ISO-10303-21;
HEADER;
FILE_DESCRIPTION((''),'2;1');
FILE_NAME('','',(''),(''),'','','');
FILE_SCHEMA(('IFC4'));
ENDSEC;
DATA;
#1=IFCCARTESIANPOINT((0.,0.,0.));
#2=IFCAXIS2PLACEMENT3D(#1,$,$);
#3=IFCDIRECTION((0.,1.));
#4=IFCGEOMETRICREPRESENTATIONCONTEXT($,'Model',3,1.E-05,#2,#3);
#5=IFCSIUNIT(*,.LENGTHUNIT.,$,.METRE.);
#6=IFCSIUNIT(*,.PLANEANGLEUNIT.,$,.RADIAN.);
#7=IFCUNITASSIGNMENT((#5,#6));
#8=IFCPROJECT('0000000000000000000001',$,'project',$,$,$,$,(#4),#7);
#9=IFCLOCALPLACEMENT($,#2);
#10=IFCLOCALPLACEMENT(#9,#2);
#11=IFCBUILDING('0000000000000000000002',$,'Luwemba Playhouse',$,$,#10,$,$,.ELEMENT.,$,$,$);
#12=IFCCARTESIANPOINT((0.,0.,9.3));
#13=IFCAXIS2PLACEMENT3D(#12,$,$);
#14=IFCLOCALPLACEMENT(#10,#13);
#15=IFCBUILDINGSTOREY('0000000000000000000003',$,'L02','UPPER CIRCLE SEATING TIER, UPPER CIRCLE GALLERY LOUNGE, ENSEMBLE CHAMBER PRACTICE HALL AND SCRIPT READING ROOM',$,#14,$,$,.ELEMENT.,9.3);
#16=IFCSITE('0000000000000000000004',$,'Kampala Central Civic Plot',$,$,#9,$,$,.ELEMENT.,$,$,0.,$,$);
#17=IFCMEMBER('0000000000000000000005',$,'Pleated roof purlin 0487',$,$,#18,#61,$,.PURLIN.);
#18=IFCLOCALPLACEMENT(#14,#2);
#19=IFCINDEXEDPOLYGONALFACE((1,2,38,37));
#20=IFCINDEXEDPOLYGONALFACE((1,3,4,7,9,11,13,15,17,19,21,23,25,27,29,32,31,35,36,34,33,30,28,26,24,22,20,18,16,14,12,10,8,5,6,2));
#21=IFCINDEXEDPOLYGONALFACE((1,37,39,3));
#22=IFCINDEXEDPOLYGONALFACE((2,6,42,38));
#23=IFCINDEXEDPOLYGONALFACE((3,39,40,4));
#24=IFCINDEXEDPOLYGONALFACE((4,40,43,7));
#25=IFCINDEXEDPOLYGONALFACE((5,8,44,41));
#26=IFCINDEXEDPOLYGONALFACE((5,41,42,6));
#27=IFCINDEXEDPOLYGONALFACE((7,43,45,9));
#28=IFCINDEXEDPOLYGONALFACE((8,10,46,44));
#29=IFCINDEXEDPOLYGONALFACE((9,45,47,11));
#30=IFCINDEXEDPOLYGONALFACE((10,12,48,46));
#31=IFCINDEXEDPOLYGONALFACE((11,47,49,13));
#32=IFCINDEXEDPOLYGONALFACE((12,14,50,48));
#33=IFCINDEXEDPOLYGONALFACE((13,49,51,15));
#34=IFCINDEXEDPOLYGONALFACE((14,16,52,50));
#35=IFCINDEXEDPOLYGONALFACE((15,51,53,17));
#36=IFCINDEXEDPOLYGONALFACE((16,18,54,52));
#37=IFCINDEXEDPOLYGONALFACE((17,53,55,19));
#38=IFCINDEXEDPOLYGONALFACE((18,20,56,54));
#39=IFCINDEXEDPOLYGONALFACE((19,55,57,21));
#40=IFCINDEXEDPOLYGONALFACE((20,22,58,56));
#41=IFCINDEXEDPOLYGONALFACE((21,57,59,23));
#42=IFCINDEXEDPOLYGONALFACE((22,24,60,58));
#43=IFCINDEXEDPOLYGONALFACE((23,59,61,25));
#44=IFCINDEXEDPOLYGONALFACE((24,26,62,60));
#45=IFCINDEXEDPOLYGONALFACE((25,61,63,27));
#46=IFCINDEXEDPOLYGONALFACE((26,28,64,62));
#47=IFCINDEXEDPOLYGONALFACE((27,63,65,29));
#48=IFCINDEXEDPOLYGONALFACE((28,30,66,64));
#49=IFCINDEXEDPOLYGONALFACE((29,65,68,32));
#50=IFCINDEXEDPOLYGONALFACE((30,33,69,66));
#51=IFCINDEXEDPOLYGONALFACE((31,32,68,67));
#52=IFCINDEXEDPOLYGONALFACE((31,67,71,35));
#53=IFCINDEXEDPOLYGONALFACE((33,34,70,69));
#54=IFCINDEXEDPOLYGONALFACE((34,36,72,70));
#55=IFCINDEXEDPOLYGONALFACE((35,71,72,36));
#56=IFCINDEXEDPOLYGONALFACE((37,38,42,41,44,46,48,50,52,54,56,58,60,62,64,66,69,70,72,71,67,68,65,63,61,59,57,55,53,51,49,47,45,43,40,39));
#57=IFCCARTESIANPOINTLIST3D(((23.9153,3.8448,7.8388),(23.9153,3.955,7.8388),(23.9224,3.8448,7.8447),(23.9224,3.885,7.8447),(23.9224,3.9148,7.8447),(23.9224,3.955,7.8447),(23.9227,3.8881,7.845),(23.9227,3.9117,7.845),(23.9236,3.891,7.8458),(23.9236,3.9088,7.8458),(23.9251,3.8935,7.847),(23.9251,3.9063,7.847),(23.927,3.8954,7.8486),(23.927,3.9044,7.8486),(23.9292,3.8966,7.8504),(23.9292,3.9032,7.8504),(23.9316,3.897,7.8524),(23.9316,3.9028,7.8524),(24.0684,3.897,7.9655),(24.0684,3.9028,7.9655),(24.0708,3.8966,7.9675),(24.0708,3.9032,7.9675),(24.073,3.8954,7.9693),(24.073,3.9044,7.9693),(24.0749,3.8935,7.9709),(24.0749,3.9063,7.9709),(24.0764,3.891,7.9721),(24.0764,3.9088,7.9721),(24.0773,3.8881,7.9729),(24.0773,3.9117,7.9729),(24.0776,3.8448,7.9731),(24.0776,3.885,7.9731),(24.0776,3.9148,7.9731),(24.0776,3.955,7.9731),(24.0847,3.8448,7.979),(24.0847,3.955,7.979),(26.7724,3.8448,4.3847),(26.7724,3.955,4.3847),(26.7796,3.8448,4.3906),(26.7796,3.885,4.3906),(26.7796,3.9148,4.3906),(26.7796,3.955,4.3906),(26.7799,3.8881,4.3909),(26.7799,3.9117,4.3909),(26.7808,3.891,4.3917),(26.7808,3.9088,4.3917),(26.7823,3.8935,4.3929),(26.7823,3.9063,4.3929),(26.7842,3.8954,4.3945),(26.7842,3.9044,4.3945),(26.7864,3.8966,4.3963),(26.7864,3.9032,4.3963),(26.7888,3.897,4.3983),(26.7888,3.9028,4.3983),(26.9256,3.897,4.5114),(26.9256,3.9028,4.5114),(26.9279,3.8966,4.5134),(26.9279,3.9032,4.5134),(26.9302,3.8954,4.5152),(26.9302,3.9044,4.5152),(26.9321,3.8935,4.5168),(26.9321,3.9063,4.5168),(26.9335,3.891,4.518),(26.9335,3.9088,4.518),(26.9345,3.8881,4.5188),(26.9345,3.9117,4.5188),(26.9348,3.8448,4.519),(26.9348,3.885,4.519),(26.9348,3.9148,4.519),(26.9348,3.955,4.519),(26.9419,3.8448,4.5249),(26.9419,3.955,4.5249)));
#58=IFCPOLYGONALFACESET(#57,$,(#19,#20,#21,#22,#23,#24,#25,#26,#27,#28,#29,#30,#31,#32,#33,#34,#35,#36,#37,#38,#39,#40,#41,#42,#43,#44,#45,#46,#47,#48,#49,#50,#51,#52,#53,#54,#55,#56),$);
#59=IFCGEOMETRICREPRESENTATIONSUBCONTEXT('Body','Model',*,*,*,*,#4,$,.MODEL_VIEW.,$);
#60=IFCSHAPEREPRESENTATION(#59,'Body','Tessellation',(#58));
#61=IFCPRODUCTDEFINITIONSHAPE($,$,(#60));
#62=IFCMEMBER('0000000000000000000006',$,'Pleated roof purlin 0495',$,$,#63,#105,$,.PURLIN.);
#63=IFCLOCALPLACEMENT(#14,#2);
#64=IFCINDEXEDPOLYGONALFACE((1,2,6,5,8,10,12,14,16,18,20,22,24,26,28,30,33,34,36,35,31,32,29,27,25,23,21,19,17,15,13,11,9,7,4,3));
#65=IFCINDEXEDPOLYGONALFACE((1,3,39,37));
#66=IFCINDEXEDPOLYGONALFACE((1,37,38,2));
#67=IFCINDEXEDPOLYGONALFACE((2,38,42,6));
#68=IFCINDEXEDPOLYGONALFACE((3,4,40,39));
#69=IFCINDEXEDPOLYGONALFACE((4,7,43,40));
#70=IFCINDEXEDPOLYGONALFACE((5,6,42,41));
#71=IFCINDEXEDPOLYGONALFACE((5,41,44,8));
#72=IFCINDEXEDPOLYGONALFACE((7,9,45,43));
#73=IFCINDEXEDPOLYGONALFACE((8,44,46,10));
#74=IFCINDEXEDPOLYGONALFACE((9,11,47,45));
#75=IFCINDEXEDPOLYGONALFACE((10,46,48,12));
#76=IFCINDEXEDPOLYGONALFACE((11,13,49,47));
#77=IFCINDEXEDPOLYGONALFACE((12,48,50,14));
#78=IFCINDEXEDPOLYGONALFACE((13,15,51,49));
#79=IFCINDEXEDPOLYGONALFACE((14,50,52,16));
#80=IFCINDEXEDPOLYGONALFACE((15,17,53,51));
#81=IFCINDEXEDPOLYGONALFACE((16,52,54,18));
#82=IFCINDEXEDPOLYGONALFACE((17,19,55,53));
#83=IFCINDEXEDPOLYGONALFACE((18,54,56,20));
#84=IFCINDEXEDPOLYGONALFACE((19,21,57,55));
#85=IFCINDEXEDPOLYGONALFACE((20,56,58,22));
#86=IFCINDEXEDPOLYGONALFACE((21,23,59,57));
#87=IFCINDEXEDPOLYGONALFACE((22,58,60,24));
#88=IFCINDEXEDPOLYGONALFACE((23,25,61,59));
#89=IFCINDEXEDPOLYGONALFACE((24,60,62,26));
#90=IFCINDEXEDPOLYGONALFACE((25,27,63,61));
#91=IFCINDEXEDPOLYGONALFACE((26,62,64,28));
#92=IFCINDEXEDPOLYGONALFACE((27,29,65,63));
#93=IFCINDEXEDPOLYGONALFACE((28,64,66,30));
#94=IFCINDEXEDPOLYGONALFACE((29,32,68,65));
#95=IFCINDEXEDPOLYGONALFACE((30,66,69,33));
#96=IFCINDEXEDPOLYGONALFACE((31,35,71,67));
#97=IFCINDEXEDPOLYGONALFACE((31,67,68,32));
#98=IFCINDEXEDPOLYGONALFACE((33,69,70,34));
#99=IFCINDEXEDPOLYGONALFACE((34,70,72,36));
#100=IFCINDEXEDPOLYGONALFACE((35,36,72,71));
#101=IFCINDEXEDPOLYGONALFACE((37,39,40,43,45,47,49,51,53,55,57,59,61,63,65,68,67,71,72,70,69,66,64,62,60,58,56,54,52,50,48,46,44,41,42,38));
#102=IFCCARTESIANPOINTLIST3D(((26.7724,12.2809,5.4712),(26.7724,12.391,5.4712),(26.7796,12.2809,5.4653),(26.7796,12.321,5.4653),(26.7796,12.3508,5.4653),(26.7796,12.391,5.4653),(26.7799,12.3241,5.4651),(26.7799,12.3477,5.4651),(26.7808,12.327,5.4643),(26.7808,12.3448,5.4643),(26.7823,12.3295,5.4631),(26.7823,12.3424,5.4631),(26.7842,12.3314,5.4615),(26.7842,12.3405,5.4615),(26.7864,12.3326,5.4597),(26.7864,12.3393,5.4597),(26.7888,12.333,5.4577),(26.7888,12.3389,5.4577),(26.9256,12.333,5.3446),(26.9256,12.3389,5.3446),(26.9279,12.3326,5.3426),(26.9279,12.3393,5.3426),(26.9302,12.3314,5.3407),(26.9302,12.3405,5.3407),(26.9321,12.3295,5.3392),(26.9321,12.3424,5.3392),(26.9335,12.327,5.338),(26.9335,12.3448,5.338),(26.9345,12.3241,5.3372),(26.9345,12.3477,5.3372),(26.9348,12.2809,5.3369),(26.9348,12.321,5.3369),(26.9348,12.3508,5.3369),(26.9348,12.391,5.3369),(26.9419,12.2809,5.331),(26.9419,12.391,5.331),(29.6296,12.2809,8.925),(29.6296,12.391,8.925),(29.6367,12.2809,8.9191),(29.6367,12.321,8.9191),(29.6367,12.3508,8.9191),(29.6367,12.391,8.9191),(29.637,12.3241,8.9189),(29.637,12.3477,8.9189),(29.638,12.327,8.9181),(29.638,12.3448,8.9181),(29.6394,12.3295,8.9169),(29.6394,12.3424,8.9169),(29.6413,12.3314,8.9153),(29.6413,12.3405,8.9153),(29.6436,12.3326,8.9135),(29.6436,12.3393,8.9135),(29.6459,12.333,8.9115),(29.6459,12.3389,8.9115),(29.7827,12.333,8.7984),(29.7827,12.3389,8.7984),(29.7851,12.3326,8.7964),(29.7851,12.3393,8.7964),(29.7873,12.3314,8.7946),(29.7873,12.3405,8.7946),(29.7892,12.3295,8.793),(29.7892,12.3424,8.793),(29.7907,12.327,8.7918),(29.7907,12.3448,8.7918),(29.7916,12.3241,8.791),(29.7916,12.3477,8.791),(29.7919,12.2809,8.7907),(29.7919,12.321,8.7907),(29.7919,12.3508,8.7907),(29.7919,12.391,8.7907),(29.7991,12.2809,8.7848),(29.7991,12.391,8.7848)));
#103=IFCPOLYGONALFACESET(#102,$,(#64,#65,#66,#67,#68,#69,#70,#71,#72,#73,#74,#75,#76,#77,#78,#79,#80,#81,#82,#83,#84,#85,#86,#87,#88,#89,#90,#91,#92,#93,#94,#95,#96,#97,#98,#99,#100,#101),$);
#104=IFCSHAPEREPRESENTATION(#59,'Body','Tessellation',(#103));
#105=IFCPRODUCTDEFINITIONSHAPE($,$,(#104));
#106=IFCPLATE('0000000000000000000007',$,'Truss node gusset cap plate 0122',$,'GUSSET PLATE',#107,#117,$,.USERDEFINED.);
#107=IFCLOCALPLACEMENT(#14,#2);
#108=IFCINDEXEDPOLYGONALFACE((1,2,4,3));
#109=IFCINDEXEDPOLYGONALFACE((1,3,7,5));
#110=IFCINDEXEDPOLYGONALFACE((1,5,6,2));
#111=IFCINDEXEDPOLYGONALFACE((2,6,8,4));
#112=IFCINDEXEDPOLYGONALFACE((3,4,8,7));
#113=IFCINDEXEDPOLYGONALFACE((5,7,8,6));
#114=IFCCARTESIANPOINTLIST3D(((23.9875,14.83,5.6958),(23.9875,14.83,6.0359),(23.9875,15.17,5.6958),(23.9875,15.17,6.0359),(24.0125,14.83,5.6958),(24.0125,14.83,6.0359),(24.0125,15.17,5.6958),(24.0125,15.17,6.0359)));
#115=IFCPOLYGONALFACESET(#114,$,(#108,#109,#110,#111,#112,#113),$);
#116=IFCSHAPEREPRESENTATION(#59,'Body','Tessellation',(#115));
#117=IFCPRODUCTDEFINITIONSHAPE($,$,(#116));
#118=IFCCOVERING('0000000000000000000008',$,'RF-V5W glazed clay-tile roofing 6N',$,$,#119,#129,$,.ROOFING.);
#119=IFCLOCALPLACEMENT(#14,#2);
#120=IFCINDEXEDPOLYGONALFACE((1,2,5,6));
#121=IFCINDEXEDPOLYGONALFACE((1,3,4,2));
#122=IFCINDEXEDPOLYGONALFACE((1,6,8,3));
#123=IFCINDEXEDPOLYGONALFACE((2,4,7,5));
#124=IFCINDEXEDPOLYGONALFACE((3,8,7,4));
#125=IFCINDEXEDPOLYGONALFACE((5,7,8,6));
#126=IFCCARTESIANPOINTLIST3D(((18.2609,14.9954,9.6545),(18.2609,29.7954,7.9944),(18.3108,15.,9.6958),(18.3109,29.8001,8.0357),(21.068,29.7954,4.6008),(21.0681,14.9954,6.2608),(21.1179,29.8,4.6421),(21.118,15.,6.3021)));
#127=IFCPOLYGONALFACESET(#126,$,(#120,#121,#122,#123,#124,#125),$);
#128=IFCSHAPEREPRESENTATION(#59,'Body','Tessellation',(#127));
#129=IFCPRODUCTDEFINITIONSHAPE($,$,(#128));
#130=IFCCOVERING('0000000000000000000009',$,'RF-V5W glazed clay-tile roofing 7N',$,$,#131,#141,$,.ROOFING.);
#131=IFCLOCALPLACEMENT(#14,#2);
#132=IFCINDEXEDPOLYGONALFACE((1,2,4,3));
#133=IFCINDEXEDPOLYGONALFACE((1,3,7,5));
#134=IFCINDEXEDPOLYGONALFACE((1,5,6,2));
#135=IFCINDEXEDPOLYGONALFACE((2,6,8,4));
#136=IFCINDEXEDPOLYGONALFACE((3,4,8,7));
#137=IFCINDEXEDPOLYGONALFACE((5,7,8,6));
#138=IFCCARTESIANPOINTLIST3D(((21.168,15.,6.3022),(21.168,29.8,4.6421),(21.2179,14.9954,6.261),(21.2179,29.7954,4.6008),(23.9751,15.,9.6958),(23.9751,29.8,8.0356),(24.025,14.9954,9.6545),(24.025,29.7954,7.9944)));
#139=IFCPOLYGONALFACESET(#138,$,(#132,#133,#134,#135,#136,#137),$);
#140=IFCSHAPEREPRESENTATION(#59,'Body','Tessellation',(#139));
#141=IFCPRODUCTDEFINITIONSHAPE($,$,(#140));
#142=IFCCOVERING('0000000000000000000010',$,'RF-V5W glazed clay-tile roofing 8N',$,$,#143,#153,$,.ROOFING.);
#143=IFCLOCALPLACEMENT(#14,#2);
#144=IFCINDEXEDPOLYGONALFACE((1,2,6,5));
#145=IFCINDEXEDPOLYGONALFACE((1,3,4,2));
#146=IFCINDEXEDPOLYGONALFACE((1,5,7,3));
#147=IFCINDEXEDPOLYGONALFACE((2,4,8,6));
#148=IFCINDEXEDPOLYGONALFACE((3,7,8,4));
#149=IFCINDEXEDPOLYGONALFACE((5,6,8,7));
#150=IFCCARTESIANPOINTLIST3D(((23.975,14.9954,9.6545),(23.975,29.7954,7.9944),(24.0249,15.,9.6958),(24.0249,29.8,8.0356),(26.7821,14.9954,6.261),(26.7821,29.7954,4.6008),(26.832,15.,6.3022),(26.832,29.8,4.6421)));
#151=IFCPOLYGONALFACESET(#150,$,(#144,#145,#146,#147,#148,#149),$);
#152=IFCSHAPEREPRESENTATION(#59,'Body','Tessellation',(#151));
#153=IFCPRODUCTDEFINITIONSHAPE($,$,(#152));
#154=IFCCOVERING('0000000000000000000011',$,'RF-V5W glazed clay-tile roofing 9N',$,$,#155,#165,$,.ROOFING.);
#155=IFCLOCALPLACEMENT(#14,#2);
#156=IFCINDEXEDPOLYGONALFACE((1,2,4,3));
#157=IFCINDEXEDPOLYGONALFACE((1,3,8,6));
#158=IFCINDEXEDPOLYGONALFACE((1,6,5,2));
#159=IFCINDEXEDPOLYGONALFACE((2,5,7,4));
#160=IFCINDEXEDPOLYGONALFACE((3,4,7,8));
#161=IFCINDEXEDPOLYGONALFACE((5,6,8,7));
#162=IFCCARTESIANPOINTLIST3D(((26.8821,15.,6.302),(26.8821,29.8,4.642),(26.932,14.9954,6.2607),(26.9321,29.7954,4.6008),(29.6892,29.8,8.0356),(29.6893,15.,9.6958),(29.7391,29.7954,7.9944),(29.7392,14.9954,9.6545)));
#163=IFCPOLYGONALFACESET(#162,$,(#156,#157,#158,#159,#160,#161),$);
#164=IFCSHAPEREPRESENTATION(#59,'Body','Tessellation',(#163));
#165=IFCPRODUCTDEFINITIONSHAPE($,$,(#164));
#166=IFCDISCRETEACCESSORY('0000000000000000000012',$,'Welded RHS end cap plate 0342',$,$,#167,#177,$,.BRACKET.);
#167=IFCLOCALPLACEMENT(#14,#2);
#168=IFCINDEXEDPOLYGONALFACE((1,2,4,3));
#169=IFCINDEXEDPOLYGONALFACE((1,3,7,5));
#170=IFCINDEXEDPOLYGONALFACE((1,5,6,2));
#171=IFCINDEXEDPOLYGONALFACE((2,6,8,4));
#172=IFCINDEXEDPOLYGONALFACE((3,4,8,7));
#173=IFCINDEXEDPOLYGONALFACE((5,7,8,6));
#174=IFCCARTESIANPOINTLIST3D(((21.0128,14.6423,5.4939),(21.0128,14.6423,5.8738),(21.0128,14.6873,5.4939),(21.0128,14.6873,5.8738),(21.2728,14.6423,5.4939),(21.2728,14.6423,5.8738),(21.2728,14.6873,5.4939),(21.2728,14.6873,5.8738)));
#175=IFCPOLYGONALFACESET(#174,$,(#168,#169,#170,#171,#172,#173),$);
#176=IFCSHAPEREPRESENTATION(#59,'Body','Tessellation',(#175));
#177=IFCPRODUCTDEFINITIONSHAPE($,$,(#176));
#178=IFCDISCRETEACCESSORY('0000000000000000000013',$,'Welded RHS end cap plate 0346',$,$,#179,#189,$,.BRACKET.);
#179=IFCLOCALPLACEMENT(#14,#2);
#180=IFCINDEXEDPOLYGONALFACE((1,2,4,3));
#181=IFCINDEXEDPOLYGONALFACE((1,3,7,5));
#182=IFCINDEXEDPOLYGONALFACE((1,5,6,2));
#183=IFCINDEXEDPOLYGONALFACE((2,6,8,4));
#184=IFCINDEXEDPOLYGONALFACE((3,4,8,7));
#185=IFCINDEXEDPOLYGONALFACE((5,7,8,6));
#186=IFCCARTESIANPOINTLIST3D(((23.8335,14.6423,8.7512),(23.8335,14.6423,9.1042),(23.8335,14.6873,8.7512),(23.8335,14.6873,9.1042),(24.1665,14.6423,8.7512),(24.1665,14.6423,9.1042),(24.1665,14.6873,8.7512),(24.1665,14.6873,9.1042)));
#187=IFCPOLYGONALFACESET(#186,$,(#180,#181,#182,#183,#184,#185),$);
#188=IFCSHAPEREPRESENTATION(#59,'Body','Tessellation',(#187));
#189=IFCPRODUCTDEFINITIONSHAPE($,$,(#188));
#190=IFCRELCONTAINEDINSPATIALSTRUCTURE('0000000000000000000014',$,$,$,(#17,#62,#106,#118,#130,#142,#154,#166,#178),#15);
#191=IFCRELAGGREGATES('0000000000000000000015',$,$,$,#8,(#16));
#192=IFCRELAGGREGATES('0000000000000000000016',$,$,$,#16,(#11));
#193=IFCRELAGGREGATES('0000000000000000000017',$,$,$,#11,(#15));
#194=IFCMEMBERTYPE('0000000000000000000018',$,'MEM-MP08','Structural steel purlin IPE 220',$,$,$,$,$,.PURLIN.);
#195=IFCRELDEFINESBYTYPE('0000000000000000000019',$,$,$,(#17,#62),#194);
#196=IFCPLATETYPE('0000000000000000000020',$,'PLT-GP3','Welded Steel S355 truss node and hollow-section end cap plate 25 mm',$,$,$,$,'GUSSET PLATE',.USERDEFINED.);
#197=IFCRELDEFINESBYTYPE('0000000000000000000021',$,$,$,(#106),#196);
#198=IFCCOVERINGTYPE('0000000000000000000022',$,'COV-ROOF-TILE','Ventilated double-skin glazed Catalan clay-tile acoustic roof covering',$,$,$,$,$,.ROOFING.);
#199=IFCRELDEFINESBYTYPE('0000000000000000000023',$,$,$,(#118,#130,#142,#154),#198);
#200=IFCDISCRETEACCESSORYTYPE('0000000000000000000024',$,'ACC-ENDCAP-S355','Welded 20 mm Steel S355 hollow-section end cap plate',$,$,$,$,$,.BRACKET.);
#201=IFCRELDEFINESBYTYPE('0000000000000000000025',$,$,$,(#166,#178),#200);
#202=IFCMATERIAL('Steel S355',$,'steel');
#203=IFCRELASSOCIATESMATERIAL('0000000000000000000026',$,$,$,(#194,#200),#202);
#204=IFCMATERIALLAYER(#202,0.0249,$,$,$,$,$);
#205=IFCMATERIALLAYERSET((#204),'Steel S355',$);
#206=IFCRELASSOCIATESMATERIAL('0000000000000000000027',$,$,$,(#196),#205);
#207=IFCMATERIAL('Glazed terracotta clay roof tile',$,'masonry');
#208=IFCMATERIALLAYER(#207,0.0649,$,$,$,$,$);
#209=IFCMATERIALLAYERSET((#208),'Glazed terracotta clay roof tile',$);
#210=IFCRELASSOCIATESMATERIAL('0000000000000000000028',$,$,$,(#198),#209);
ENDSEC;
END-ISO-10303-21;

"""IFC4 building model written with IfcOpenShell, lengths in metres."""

from ifc_helpers import new_model, si_unit, direction, frame, origin, origin_2d, place, context, subcontext, project, spatial, polyline, rectangle, i_section, outline, extrude, material, layer, layer_set, material_profile, profile_set, type_object, element, save


model = new_model("IFC4")

# Units and contexts
model_context = context("Model", 3, precision=1e-05, world=origin(), true_north=direction((0.0, 1.0)))
body_context = subcontext(model_context, "Body", "Model", "MODEL_VIEW")
ifc_project = project(units=[si_unit("LENGTHUNIT", "METRE"), si_unit("PLANEANGLEUNIT", "RADIAN")], contexts=[model_context])

# Site, building, storey
site_placement = place(None, origin())
site = spatial("IfcSite", under=ifc_project, at=site_placement, Name="Kampala Central Civic Plot", CompositionType="ELEMENT", RefElevation=0.0)
building_placement = place(site_placement, origin())
building = spatial("IfcBuilding", under=site, at=building_placement, Name="Luwemba Playhouse", CompositionType="ELEMENT")
storey_placement = place(building_placement, frame((0.0, 0.0, 9.3)))
storey = spatial("IfcBuildingStorey", under=building, at=storey_placement, Name="L02", Description="UPPER CIRCLE SEATING TIER, UPPER CIRCLE GALLERY LOUNGE, ENSEMBLE CHAMBER PRACTICE HALL AND SCRIPT READING ROOM", CompositionType="ELEMENT", Elevation=9.3)

# Shared definitions
ifc_material_1 = material(Name="Steel S355", Category="steel")

# Members
ifc_material_profile_1 = material_profile(ifc_material_1, i_section(OverallWidth=0.1101, OverallDepth=0.22, WebThickness=0.0059, FlangeThickness=0.0093, FilletRadius=0.012, at=origin_2d()))
ifc_profile_set_1 = profile_set([ifc_material_profile_1], Name="Steel S355")
member_type_1 = type_object("IfcMemberType", Name="MEM-MP08", Description="Structural steel purlin IPE 220", PredefinedType="PURLIN", material=ifc_profile_set_1)
member_1_placement = place(storey_placement, frame((24.0, 3.8999, 7.9089), z_axis=(0.637384, 0.0, -0.770547), x_axis=(0.0, 1.0, 0.0)))
element("IfcMember", 1, at=member_1_placement, inside=storey, type_object=member_type_1, Name="Pleated roof purlin 0487", PredefinedType="PURLIN", context=body_context, shape_type="SweptSolid", body=[
    extrude(i_section(OverallWidth=0.1101, OverallDepth=0.22, WebThickness=0.0059, FlangeThickness=0.0093, FilletRadius=0.012, at=origin_2d()), origin(), (0.0, 0.0, 1.0), 4.4827),
])
member_2_placement = place(storey_placement, frame((26.8572, 12.3359, 5.4011), z_axis=(0.637411, 0.0, 0.770524), x_axis=(0.0, 1.0, 0.0)))
element("IfcMember", 2, at=member_2_placement, inside=storey, type_object=member_type_1, Name="Pleated roof purlin 0495", PredefinedType="PURLIN", context=body_context, shape_type="SweptSolid", body=[
    extrude(i_section(OverallWidth=0.1101, OverallDepth=0.22, WebThickness=0.0059, FlangeThickness=0.0093, FilletRadius=0.012, at=origin_2d()), origin(), (0.0, 0.0, 1.0), 4.4824),
])

# Plate
ifc_layer_1 = layer(ifc_material_1, 0.0249)
ifc_layer_set_1 = layer_set([ifc_layer_1], Name="Steel S355")
plate_type = type_object("IfcPlateType", Name="PLT-GP3", Description="Welded Steel S355 truss node and hollow-section end cap plate 25 mm", ElementType="GUSSET PLATE", PredefinedType="USERDEFINED", material=ifc_layer_set_1)
plate_placement = place(storey_placement, frame((24.0, 15.0, 5.6958), z_axis=(0.0, 0.0, 1.0), x_axis=(1.0, 0.0, 0.0)))
element("IfcPlate", 3, at=plate_placement, inside=storey, type_object=plate_type, Name="Truss node gusset cap plate 0122", ObjectType="GUSSET PLATE", PredefinedType="USERDEFINED", context=body_context, shape_type="SweptSolid", body=[
    extrude(rectangle(XDim=0.0249, YDim=0.3401, at=origin_2d()), origin(), (0.0, 0.0, 1.0), 0.3401),
])

# Coverings
ifc_material_2 = material(Name="Glazed terracotta clay roof tile", Category="masonry")
ifc_layer_2 = layer(ifc_material_2, 0.0649)
ifc_layer_set_2 = layer_set([ifc_layer_2], Name="Glazed terracotta clay roof tile")
covering_type = type_object("IfcCoveringType", Name="COV-ROOF-TILE", Description="Ventilated double-skin glazed Catalan clay-tile acoustic roof covering", PredefinedType="ROOFING", material=ifc_layer_set_2)
covering_1_placement = place(storey_placement, frame((18.3108, 15.0, 9.6958), z_axis=(0.768592, 0.071309, 0.635752), x_axis=(0.637375, 0.000001, -0.770554)))
element("IfcCovering", 4, at=covering_1_placement, inside=storey, type_object=covering_type, Name="RF-V5W glazed clay-tile roofing 6N", PredefinedType="ROOFING", context=body_context, shape_type="SweptSolid", body=[
    extrude(outline(polyline([(0.0, 0.0), (4.4043, 0.0), (5.6834, 14.8378), (1.2793, 14.8378), (0.0, 0.0)])), origin(), (0.0, 0.0, -1.0), 0.0649),
])
covering_2_placement = place(storey_placement, frame((21.168, 15.0, 6.3022), z_axis=(-0.768581, 0.071315, 0.635766), x_axis=(0.637388, 0.0, 0.770543)))
element("IfcCovering", 5, at=covering_2_placement, inside=storey, type_object=covering_type, Name="RF-V5W glazed clay-tile roofing 7N", PredefinedType="ROOFING", context=body_context, shape_type="SweptSolid", body=[
    extrude(outline(polyline([(0.0, 0.0), (4.4041, 0.0), (3.1249, 14.8378), (-1.2792, 14.8378), (0.0, 0.0)])), origin(), (0.0, 0.0, -1.0), 0.0649),
])
covering_3_placement = place(storey_placement, frame((24.0249, 15.0, 9.6958), z_axis=(0.768581, 0.071315, 0.635766), x_axis=(0.637388, 0.0, -0.770543)))
element("IfcCovering", 6, at=covering_3_placement, inside=storey, type_object=covering_type, Name="RF-V5W glazed clay-tile roofing 8N", PredefinedType="ROOFING", context=body_context, shape_type="SweptSolid", body=[
    extrude(outline(polyline([(0.0, 0.0), (4.4041, 0.0), (5.6833, 14.8378), (1.2792, 14.8378), (0.0, 0.0)])), origin(), (0.0, 0.0, -1.0), 0.0649),
])
covering_4_placement = place(storey_placement, frame((26.8821, 15.0, 6.302), z_axis=(-0.768592, 0.071309, 0.635752), x_axis=(0.637375, -0.000001, 0.770554)))
element("IfcCovering", 7, at=covering_4_placement, inside=storey, type_object=covering_type, Name="RF-V5W glazed clay-tile roofing 9N", PredefinedType="ROOFING", context=body_context, shape_type="SweptSolid", body=[
    extrude(outline(polyline([(0.0, 0.0), (4.4043, 0.0), (3.125, 14.8378), (-1.2791, 14.8378), (0.0, 0.0)])), origin(), (0.0, 0.0, -1.0), 0.0649),
])

# Discrete accessories
discrete_accessory_type = type_object("IfcDiscreteAccessoryType", Name="ACC-ENDCAP-S355", Description="Welded 20 mm Steel S355 hollow-section end cap plate", PredefinedType="BRACKET", material=ifc_material_1)
discrete_accessory_1_placement = place(storey_placement, frame((21.1428, 14.6648, 5.4939), z_axis=(0.0, 0.0, 1.0), x_axis=(1.0, 0.0, 0.0)))
element("IfcDiscreteAccessory", 8, at=discrete_accessory_1_placement, inside=storey, type_object=discrete_accessory_type, Name="Welded RHS end cap plate 0342", PredefinedType="BRACKET", context=body_context, shape_type="SweptSolid", body=[
    extrude(rectangle(XDim=0.26, YDim=0.0449, at=origin_2d()), origin(), (0.0, 0.0, 1.0), 0.3799),
])
discrete_accessory_2_placement = place(storey_placement, frame((24.0, 14.6648, 8.7512), z_axis=(0.0, 0.0, 1.0), x_axis=(1.0, 0.0, 0.0)))
element("IfcDiscreteAccessory", 9, at=discrete_accessory_2_placement, inside=storey, type_object=discrete_accessory_type, Name="Welded RHS end cap plate 0346", PredefinedType="BRACKET", context=body_context, shape_type="SweptSolid", body=[
    extrude(rectangle(XDim=0.333, YDim=0.0449, at=origin_2d()), origin(), (0.0, 0.0, 1.0), 0.353),
])

save(model, "model.ifc")
